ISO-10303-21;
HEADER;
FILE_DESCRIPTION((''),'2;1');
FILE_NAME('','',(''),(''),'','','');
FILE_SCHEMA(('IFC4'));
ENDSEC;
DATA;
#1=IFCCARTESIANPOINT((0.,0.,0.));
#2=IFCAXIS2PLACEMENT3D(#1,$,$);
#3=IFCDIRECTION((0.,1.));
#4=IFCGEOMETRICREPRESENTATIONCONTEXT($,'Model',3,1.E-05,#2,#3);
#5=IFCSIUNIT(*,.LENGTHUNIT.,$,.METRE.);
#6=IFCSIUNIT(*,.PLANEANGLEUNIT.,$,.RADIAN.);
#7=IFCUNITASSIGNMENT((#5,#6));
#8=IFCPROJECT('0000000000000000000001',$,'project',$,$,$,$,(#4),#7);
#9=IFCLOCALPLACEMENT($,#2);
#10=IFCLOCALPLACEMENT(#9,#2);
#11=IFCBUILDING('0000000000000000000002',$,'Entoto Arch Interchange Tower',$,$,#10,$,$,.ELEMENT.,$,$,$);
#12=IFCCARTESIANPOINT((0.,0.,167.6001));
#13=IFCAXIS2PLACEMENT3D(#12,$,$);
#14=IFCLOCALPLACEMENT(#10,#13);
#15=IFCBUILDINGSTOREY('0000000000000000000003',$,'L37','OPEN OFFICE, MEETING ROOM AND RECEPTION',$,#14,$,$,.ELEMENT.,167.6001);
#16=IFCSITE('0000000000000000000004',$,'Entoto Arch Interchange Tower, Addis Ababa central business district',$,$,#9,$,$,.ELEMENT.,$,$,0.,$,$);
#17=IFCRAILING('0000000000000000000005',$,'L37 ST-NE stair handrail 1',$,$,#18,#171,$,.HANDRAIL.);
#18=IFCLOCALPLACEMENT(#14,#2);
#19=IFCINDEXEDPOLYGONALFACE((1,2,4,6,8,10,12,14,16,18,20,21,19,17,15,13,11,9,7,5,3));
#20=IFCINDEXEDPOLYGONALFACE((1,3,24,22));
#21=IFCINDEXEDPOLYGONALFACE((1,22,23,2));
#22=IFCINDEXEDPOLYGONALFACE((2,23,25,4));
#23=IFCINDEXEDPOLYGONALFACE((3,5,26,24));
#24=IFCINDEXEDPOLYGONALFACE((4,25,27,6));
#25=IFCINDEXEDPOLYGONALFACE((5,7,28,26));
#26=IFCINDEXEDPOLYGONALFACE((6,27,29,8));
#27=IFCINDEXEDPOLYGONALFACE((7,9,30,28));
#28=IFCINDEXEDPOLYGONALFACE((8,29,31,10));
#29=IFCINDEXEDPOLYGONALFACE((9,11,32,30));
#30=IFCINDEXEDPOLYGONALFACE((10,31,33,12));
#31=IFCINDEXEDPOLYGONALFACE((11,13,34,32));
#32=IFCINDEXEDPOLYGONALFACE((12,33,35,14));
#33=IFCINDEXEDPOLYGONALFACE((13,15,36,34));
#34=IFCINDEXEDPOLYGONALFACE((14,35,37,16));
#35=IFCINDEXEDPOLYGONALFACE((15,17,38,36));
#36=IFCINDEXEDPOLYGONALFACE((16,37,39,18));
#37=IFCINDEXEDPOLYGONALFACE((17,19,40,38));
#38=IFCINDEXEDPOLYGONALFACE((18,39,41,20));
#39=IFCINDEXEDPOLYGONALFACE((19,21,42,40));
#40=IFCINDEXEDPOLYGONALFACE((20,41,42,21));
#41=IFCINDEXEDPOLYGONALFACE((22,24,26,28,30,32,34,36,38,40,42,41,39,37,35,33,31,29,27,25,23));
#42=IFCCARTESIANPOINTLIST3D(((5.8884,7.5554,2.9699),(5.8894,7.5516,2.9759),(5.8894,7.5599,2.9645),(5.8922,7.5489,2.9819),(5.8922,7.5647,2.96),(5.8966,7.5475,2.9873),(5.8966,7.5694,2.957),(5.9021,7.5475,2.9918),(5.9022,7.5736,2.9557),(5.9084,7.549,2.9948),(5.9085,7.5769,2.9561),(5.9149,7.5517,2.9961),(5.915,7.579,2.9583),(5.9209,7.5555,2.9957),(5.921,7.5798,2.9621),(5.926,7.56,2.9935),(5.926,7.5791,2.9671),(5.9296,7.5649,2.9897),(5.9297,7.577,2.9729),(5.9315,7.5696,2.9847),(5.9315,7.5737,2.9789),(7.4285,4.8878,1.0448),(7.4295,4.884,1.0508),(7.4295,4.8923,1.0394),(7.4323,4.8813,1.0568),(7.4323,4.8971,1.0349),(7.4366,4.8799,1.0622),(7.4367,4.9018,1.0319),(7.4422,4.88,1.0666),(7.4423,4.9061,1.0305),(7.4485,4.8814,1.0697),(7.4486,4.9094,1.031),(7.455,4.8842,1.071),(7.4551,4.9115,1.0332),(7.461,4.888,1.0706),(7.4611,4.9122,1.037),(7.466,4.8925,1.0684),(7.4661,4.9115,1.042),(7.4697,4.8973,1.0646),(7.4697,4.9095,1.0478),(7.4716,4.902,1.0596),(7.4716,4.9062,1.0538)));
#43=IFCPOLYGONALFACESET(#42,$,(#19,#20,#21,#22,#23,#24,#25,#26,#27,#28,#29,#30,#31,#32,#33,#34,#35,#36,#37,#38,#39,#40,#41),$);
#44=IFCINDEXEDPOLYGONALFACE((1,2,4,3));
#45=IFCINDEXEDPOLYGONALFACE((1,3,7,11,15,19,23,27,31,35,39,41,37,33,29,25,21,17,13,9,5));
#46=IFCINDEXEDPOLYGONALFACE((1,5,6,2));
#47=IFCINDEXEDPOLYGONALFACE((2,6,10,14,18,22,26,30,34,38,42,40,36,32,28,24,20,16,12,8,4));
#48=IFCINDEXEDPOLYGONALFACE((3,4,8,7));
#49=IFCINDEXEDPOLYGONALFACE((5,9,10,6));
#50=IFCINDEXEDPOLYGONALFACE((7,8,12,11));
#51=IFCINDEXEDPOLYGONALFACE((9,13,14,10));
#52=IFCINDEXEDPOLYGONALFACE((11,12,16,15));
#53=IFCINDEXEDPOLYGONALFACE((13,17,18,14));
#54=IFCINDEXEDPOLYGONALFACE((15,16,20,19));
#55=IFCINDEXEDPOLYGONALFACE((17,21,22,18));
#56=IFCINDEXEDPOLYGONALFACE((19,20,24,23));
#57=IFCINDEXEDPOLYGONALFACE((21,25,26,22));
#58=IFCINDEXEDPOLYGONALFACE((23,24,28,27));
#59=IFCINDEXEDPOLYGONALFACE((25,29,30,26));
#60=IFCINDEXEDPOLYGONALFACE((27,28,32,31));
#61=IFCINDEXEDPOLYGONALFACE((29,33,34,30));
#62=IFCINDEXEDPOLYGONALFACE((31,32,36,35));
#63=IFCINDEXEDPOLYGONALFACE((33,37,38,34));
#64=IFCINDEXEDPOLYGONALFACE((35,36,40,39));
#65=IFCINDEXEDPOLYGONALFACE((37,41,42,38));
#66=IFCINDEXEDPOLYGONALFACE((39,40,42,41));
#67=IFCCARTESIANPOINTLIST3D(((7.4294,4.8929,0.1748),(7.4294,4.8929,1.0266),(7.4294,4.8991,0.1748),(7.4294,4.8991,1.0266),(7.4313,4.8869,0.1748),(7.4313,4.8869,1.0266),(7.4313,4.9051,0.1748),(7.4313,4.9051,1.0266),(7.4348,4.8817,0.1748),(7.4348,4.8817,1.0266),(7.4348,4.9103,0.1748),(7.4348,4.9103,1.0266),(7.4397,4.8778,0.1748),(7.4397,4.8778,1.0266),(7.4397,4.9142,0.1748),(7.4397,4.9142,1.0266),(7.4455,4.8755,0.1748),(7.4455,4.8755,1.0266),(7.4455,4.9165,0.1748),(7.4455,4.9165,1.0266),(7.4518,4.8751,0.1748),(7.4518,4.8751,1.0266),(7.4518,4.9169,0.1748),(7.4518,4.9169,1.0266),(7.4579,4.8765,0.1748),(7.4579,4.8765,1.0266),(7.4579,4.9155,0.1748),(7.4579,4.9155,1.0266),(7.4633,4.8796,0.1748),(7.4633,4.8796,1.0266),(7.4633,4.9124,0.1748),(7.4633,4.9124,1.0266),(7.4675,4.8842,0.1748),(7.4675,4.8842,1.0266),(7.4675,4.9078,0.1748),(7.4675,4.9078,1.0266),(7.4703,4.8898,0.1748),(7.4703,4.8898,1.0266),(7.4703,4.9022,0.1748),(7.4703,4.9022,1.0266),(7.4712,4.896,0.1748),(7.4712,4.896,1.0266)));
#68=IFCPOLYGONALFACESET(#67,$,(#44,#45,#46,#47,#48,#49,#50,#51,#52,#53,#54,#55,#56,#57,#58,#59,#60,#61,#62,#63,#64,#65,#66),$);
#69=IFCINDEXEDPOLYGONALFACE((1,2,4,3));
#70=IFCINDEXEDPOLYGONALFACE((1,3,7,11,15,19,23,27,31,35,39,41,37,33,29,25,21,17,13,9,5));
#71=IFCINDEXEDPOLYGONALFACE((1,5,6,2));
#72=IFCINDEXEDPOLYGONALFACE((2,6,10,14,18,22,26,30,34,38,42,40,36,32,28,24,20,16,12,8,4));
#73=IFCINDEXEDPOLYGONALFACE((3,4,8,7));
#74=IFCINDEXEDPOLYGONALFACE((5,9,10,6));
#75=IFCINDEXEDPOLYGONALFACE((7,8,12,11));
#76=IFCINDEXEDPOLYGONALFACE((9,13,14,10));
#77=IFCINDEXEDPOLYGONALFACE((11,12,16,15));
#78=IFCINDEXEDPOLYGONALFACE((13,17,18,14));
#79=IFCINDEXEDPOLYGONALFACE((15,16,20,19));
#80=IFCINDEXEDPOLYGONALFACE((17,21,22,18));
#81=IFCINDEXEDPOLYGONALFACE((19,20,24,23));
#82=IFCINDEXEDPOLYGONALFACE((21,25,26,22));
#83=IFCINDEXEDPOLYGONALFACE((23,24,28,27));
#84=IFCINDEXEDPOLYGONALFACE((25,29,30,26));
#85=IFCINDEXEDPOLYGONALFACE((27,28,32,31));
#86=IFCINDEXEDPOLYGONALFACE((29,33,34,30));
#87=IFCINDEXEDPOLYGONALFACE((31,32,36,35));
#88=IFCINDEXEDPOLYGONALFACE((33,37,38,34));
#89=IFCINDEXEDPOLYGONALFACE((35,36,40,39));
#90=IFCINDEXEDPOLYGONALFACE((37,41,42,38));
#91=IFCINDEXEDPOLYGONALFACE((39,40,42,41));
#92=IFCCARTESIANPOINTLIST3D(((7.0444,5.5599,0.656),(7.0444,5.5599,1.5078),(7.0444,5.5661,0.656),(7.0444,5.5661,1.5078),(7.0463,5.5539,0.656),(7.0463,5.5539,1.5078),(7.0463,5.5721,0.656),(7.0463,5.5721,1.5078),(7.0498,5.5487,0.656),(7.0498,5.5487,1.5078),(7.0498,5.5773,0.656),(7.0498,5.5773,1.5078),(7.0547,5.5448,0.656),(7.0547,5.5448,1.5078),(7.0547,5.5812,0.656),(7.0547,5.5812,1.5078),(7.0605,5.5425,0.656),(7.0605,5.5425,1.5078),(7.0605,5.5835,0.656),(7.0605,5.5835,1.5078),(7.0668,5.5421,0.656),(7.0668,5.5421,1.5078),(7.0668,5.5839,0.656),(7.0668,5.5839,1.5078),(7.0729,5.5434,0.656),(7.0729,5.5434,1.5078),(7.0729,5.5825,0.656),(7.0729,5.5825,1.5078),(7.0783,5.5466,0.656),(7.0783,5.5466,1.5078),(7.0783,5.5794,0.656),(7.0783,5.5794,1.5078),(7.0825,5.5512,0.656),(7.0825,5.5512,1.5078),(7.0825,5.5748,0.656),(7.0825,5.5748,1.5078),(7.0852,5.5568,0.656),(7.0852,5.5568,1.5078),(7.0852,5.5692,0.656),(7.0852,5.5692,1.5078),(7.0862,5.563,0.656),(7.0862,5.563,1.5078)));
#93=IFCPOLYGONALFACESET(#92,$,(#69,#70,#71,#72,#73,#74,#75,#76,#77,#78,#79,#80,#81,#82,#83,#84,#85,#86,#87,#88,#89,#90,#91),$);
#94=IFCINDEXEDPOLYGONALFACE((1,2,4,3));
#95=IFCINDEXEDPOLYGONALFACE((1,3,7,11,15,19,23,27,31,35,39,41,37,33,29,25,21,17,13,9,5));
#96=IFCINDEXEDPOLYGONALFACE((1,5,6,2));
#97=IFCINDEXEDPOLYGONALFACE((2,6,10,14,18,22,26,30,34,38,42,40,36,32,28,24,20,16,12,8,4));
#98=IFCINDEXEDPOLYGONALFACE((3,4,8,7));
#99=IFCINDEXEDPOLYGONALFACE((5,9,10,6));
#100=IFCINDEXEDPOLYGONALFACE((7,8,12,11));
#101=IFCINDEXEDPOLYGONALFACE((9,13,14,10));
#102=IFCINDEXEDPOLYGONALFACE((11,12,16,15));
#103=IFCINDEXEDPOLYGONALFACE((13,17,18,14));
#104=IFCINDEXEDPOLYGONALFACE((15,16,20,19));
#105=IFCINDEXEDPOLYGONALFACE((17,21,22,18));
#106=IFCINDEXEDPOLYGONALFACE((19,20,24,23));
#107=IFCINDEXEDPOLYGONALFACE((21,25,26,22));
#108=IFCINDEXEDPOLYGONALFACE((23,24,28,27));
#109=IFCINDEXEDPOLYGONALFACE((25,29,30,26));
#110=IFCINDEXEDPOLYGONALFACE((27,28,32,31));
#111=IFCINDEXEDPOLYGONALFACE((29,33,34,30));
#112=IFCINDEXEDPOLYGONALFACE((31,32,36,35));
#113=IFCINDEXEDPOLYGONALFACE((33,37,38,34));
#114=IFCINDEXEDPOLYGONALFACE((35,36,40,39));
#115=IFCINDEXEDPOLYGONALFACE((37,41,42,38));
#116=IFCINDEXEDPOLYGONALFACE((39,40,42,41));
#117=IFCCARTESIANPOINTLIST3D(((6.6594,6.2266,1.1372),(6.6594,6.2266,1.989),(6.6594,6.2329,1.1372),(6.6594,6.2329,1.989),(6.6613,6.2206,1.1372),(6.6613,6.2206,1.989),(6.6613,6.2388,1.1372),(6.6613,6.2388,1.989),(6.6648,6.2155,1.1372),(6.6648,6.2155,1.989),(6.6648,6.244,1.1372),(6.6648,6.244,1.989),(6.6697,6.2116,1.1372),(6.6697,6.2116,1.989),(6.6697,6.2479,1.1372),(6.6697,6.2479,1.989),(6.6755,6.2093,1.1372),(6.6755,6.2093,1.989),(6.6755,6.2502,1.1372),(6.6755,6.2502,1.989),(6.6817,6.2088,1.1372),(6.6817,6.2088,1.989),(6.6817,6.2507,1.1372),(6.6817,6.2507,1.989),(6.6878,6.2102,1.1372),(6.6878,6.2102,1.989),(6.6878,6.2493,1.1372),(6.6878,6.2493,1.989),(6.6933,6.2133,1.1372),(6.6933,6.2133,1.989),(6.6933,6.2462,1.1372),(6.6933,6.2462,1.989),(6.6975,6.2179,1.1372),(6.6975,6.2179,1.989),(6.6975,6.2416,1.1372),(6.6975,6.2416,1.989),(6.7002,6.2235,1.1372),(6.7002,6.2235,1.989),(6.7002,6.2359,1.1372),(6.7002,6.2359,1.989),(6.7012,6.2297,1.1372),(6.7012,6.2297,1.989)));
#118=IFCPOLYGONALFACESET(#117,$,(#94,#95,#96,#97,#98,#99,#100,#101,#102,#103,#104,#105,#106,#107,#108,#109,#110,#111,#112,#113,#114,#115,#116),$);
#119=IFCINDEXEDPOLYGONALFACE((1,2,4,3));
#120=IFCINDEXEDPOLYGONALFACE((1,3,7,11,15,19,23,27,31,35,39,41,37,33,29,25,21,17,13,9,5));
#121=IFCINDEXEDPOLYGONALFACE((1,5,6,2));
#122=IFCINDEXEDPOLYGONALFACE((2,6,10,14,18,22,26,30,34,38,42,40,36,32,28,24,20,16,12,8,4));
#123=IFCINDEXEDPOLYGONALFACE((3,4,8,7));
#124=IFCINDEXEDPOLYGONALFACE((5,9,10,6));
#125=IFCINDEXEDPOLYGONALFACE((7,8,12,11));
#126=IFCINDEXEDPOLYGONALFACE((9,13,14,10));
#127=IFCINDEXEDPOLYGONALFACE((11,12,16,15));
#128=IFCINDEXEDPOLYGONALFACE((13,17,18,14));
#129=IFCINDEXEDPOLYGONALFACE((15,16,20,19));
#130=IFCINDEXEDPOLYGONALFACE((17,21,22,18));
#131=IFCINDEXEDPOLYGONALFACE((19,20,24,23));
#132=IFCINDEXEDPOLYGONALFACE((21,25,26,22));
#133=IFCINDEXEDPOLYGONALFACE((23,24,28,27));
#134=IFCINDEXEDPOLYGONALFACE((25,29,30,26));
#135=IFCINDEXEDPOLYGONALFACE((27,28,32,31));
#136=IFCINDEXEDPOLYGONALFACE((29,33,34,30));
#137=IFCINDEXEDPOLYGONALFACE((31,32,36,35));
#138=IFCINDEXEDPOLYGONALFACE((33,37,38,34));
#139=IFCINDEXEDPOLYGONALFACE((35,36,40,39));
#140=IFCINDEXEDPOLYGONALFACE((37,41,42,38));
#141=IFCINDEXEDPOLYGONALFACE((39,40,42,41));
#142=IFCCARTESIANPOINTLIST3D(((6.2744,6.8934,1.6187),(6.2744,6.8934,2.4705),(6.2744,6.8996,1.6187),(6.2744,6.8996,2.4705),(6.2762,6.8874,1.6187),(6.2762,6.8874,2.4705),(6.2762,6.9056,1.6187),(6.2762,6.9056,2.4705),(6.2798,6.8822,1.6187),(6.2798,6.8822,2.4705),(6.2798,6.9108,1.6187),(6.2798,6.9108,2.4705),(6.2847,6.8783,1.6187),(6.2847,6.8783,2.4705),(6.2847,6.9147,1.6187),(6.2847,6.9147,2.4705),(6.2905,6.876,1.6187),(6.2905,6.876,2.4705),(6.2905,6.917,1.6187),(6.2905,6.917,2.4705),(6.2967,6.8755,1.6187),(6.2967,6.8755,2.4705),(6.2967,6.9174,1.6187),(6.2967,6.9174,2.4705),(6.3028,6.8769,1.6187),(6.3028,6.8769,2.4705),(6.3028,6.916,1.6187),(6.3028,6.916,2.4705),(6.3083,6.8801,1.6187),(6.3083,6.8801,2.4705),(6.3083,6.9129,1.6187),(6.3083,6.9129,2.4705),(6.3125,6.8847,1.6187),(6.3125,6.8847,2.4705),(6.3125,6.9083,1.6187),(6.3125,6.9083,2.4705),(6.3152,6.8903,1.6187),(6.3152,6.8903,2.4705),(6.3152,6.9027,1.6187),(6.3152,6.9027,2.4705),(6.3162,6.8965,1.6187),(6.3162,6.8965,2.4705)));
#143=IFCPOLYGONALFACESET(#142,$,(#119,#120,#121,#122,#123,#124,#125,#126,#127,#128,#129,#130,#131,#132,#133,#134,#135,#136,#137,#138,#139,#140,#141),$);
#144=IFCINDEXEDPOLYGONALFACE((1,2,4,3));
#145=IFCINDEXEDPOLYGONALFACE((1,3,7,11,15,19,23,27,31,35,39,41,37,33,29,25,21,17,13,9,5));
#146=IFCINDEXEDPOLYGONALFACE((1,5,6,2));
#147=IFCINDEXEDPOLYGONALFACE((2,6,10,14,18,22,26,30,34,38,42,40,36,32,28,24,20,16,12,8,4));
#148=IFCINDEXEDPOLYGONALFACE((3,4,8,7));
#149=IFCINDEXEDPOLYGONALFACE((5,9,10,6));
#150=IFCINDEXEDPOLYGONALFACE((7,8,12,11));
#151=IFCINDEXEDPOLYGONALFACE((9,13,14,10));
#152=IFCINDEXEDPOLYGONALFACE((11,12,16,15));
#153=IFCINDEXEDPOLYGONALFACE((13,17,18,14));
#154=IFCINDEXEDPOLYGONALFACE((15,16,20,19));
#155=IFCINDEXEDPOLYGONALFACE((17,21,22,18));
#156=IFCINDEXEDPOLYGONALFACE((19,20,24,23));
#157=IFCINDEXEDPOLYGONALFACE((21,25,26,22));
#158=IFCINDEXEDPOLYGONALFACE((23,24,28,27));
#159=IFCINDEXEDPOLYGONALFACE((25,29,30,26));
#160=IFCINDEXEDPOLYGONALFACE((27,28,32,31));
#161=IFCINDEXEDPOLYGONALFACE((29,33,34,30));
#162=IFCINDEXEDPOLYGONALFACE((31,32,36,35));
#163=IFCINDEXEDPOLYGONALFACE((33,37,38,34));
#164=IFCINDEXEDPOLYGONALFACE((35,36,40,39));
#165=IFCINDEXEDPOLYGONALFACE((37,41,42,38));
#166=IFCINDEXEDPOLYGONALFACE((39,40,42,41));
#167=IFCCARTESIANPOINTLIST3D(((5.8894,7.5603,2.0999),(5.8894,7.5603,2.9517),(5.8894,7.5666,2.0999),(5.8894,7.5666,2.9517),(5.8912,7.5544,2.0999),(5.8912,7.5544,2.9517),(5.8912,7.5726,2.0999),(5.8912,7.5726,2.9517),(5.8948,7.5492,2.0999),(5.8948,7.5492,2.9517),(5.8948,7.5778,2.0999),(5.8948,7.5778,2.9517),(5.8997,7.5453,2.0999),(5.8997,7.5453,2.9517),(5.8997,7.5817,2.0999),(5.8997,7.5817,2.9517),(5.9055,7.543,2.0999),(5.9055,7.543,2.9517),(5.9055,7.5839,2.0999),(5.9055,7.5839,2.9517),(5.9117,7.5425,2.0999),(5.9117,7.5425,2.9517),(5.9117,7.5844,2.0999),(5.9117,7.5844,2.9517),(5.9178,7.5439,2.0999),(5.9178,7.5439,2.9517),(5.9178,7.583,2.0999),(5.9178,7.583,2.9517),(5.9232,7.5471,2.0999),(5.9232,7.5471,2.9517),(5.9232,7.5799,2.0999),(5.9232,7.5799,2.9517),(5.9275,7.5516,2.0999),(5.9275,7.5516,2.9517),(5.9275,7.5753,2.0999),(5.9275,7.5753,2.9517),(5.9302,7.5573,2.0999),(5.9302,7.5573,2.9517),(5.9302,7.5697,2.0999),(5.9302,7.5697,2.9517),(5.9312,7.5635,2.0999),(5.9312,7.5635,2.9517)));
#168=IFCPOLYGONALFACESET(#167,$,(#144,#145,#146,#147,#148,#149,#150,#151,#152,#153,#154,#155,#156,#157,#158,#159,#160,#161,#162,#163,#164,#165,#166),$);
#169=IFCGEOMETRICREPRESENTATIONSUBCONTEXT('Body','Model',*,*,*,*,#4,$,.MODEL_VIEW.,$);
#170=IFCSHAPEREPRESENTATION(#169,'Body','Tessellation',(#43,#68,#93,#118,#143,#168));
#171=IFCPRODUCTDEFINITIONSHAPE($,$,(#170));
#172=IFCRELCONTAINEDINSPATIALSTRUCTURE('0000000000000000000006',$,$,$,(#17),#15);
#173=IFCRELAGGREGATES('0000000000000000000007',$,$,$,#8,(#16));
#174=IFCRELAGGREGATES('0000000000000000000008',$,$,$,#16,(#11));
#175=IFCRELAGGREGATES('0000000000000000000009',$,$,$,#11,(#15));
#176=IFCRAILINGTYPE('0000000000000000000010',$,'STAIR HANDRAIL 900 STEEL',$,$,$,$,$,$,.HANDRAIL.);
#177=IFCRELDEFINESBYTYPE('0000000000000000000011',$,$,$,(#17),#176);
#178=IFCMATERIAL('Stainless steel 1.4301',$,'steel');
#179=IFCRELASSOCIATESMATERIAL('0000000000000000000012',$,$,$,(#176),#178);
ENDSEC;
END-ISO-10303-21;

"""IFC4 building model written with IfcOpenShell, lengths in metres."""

from ifc_helpers import new_model, si_unit, direction, frame, origin, origin_2d, place, context, subcontext, project, spatial, circle, extrude, material, type_object, element, save


model = new_model("IFC4")

# Units and contexts
model_context = context("Model", 3, precision=1e-05, world=origin(), true_north=direction((0.0, 1.0)))
body_context = subcontext(model_context, "Body", "Model", "MODEL_VIEW")
ifc_project = project(units=[si_unit("LENGTHUNIT", "METRE"), si_unit("PLANEANGLEUNIT", "RADIAN")], contexts=[model_context])

# Site, building, storey
site_placement = place(None, origin())
site = spatial("IfcSite", under=ifc_project, at=site_placement, Name="Entoto Arch Interchange Tower, Addis Ababa central business district", CompositionType="ELEMENT", RefElevation=0.0)
building_placement = place(site_placement, origin())
building = spatial("IfcBuilding", under=site, at=building_placement, Name="Entoto Arch Interchange Tower", CompositionType="ELEMENT")
storey_placement = place(building_placement, frame((0.0, 0.0, 167.6001)))
storey = spatial("IfcBuildingStorey", under=building, at=storey_placement, Name="L37", Description="OPEN OFFICE, MEETING ROOM AND RECEPTION", CompositionType="ELEMENT", Elevation=167.6001)

# Railing
ifc_material_1 = material(Name="Stainless steel 1.4301", Category="steel")
railing_type_1 = type_object("IfcRailingType", Name="STAIR HANDRAIL 900 STEEL", PredefinedType="HANDRAIL", material=ifc_material_1)
railing_1_placement = place(storey_placement, frame((7.4502, 4.896, 0.1748)))
element("IfcRailing", 1, at=railing_1_placement, inside=storey, type_object=railing_type_1, Name="L37 ST-NE stair handrail 1", PredefinedType="HANDRAIL", context=body_context, shape_type="SweptSolid", body=[
    extrude(circle(Radius=0.0239, at=origin_2d()), frame((0.0, 0.0, 0.876), z_axis=(-0.423994, 0.734395, 0.529993), x_axis=(-0.86603, -0.499992, 0.0)), (0.0, 0.0, 1.0), 3.6323),
    extrude(circle(Radius=0.021, at=origin_2d()), origin(), (0.0, 0.0, 1.0), 0.8518),
    extrude(circle(Radius=0.021, at=origin_2d()), frame((-0.385, 0.667, 0.4812)), (0.0, 0.0, 1.0), 0.8518),
    extrude(circle(Radius=0.021, at=origin_2d()), frame((-0.77, 1.3337, 0.9624)), (0.0, 0.0, 1.0), 0.8518),
    extrude(circle(Radius=0.021, at=origin_2d()), frame((-1.155, 2.0005, 1.4438)), (0.0, 0.0, 1.0), 0.8518),
    extrude(circle(Radius=0.021, at=origin_2d()), frame((-1.54, 2.6675, 1.925)), (0.0, 0.0, 1.0), 0.8518),
])

save(model, "model.ifc")
